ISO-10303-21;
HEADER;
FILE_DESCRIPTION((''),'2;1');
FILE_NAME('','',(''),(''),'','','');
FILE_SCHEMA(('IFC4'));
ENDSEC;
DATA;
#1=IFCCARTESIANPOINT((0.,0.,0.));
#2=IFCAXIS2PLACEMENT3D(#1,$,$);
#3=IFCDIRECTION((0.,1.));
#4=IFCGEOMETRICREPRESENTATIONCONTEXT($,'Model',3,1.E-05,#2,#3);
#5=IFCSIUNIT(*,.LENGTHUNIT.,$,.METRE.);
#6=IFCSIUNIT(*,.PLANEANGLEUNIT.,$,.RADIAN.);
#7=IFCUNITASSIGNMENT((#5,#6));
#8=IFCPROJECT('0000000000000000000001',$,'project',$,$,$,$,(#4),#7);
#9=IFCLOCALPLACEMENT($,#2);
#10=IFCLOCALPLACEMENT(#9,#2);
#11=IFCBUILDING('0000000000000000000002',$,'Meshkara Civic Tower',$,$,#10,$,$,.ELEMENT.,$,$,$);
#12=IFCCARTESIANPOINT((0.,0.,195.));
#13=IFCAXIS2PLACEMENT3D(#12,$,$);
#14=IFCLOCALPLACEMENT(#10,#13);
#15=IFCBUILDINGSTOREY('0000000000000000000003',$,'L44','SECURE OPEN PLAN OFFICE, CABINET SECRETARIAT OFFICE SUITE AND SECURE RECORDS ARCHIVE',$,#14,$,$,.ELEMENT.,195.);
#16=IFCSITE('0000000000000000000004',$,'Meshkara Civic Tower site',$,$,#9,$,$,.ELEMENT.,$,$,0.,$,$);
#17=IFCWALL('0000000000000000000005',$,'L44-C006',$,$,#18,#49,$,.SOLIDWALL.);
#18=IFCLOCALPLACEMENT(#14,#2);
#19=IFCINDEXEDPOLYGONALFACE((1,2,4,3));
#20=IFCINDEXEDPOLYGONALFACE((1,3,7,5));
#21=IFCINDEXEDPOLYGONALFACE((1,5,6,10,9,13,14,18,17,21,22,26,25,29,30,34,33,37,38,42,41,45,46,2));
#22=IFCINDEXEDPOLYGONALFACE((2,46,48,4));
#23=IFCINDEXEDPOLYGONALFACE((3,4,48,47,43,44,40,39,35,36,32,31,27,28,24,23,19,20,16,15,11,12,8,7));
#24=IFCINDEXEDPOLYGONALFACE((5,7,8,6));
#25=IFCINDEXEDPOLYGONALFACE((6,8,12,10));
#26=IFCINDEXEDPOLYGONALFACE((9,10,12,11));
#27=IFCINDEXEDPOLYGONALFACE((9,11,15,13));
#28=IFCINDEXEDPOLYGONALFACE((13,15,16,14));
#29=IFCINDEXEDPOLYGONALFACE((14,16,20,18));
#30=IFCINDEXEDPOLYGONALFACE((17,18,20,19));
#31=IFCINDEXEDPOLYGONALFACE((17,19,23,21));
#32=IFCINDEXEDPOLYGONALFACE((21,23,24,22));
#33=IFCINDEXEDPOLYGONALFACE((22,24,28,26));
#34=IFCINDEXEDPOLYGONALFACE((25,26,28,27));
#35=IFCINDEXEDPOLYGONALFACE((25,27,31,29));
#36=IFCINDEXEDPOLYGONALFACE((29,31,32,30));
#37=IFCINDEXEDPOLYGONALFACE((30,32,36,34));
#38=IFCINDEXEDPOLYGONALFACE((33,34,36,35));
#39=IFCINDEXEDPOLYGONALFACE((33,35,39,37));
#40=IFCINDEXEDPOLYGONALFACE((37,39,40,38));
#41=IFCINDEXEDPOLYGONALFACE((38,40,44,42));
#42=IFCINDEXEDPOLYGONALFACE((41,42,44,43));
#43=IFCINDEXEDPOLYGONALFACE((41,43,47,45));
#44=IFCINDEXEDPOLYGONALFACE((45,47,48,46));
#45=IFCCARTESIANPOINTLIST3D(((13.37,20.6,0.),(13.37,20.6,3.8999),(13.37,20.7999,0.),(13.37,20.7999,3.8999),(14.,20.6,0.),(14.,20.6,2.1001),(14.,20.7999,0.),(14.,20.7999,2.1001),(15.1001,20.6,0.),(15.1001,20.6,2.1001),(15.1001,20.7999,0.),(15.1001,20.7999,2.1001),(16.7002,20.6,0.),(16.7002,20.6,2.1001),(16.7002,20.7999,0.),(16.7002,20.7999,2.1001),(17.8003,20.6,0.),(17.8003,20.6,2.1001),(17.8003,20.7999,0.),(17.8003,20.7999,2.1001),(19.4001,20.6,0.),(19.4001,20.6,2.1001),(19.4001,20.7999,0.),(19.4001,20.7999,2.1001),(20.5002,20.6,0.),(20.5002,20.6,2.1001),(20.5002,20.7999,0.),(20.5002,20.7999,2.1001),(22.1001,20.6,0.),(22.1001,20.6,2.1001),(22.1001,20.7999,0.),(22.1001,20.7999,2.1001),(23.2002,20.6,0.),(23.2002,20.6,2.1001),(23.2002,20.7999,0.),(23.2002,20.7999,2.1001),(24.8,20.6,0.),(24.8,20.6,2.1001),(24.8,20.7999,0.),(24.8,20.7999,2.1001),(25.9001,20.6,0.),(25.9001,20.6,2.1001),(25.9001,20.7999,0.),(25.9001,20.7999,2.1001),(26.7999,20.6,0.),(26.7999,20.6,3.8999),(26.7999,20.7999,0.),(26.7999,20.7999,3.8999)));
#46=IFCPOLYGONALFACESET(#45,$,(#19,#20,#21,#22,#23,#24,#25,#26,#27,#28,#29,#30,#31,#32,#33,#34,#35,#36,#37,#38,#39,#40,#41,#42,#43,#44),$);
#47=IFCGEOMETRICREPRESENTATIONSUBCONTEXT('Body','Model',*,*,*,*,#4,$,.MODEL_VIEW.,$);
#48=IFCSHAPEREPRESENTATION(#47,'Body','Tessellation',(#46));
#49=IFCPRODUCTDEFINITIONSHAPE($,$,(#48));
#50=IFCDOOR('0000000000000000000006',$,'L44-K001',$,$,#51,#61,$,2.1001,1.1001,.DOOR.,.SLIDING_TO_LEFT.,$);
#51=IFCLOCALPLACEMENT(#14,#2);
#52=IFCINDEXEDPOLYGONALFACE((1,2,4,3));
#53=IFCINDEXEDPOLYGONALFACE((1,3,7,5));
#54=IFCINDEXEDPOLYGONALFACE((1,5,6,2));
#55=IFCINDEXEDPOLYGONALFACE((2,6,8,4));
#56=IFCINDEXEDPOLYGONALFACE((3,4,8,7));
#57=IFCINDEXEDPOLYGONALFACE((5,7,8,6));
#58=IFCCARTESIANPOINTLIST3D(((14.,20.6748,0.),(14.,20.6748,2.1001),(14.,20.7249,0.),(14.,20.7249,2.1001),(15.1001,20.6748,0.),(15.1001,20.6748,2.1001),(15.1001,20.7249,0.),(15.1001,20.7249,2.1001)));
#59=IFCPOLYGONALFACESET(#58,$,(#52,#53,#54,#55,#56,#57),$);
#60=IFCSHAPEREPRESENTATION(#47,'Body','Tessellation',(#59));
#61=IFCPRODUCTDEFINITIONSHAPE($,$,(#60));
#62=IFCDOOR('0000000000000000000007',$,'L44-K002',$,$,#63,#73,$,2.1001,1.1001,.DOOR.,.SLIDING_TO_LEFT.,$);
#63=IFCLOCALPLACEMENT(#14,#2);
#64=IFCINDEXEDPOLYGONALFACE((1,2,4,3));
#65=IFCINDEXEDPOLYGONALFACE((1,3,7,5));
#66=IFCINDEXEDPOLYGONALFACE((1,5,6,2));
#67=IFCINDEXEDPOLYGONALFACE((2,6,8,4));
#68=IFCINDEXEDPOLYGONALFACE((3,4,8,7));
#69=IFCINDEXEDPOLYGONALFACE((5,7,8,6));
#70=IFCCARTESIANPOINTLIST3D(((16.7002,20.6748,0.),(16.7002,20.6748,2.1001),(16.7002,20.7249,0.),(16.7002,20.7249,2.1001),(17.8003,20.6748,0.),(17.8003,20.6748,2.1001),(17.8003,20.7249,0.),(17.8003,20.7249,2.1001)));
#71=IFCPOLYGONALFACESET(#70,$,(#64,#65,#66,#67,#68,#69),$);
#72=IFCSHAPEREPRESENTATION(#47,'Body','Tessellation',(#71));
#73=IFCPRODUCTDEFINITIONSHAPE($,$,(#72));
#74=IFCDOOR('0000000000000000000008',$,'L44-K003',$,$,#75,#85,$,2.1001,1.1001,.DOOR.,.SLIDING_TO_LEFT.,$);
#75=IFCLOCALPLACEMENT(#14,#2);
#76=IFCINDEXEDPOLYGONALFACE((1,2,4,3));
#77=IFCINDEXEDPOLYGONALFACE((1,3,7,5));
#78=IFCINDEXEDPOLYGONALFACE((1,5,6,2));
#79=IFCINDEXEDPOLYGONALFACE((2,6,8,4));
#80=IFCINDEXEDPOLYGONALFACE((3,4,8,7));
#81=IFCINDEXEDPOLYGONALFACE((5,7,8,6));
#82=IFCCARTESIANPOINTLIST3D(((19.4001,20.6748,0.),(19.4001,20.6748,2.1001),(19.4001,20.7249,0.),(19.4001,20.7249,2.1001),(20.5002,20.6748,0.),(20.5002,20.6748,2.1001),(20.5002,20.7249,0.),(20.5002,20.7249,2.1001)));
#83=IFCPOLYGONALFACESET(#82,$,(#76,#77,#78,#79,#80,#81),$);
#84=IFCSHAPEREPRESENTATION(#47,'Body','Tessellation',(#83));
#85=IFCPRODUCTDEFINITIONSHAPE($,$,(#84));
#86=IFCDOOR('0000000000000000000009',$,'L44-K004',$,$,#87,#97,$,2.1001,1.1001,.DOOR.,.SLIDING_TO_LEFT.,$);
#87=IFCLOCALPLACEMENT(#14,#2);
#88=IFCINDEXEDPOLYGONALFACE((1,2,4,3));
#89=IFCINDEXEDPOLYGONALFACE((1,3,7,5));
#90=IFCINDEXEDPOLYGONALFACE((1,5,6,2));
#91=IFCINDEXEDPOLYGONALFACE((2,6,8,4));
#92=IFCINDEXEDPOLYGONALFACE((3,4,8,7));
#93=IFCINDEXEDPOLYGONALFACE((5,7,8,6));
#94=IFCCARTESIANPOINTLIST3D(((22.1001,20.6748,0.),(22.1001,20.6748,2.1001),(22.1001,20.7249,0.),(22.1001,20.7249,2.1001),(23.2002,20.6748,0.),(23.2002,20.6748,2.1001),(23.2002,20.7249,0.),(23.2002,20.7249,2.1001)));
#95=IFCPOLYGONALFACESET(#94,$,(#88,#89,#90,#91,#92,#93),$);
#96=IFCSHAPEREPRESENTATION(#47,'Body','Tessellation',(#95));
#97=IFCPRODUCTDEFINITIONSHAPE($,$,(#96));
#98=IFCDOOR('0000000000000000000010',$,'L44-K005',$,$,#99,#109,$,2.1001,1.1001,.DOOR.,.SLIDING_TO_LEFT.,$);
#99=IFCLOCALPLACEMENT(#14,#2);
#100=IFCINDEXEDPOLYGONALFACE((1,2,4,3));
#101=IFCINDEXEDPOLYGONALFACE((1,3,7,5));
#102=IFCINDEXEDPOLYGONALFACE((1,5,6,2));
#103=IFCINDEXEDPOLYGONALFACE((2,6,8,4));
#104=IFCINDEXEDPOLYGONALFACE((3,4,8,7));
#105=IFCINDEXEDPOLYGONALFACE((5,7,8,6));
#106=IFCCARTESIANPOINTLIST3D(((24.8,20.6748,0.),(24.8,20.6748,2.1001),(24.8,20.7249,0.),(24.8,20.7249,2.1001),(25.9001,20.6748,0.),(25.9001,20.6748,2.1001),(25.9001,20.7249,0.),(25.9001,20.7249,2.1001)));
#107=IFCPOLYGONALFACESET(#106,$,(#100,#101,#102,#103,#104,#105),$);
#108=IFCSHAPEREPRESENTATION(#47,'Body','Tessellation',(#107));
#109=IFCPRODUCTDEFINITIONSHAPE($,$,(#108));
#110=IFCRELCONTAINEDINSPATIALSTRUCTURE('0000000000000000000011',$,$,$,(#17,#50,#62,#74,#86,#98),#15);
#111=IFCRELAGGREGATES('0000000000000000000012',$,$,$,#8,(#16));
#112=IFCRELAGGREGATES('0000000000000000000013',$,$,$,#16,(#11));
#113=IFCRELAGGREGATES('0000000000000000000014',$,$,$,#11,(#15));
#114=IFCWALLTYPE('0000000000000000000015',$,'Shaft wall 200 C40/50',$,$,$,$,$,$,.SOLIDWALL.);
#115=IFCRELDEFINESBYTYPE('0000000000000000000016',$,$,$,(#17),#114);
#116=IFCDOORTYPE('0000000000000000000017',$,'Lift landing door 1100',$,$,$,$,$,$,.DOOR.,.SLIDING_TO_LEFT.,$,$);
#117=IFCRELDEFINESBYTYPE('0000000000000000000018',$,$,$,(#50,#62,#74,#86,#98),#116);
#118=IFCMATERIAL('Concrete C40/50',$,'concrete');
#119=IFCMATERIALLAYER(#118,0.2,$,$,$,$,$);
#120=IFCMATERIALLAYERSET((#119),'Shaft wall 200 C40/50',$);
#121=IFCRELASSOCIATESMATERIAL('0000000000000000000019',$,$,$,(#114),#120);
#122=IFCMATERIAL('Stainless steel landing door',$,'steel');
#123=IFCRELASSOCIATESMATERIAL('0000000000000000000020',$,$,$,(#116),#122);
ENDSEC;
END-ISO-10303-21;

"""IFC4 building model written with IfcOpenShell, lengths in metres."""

from ifc_helpers import new_model, si_unit, direction, frame, frame_2d, origin, place, context, subcontext, project, spatial, rectangle, extrude, material, layer, layer_set, type_object, element, fill, save


model = new_model("IFC4")

# Units and contexts
model_context = context("Model", 3, precision=1e-05, world=origin(), true_north=direction((0.0, 1.0)))
body_context = subcontext(model_context, "Body", "Model", "MODEL_VIEW")
ifc_project = project(units=[si_unit("LENGTHUNIT", "METRE"), si_unit("PLANEANGLEUNIT", "RADIAN")], contexts=[model_context])

# Site, building, storey
site_placement = place(None, origin())
site = spatial("IfcSite", under=ifc_project, at=site_placement, Name="Meshkara Civic Tower site", CompositionType="ELEMENT", RefElevation=0.0)
building_placement = place(site_placement, origin())
building = spatial("IfcBuilding", under=site, at=building_placement, Name="Meshkara Civic Tower", CompositionType="ELEMENT")
storey_placement = place(building_placement, frame((0.0, 0.0, 195.0)))
storey = spatial("IfcBuildingStorey", under=building, at=storey_placement, Name="L44", Description="SECURE OPEN PLAN OFFICE, CABINET SECRETARIAT OFFICE SUITE AND SECURE RECORDS ARCHIVE", CompositionType="ELEMENT", Elevation=195.0)

# Wall, openings, doors
ifc_material_1 = material(Name="Concrete C40/50", Category="concrete")
ifc_layer_1 = layer(ifc_material_1, 0.2)
ifc_layer_set_1 = layer_set([ifc_layer_1], Name="Shaft wall 200 C40/50")
wall_type_1 = type_object("IfcWallType", Name="Shaft wall 200 C40/50", PredefinedType="SOLIDWALL", material=ifc_layer_set_1)
wall_1_placement = place(storey_placement, frame((13.3701, 20.7, 0.0), z_axis=(0.0, 0.0, 1.0), x_axis=(1.0, 0.0, 0.0)))
wall_1 = element("IfcWall", 1, at=wall_1_placement, inside=storey, type_object=wall_type_1, Name="L44-C006", PredefinedType="SOLIDWALL", context=body_context, shape_type="SweptSolid", body=[
    extrude(rectangle(XDim=13.4299, YDim=0.2, at=frame_2d((6.7148, 0.0))), origin(), (0.0, 0.0, 1.0), 3.8999),
])
opening_1_placement = place(wall_1_placement, frame((0.6299, 0.0, 0.0)))
opening_1 = element("IfcOpeningElement", 2, at=opening_1_placement, cuts=wall_1, PredefinedType="OPENING", context=body_context, shape_type="SweptSolid", body=[
    extrude(rectangle(XDim=1.1001, YDim=2.1001, at=frame_2d((0.55, 1.05))), frame((0.0, 0.1099, 0.0), z_axis=(0.0, -1.0, 0.0), x_axis=(1.0, 0.0, 0.0)), (0.0, 0.0, 1.0), 0.22),
])
opening_2_placement = place(wall_1_placement, frame((3.3301, 0.0, 0.0)))
opening_2 = element("IfcOpeningElement", 3, at=opening_2_placement, cuts=wall_1, PredefinedType="OPENING", context=body_context, shape_type="SweptSolid", body=[
    extrude(rectangle(XDim=1.1001, YDim=2.1001, at=frame_2d((0.55, 1.05))), frame((0.0, 0.1099, 0.0), z_axis=(0.0, -1.0, 0.0), x_axis=(1.0, 0.0, 0.0)), (0.0, 0.0, 1.0), 0.22),
])
opening_3_placement = place(wall_1_placement, frame((6.03, 0.0, 0.0)))
opening_3 = element("IfcOpeningElement", 4, at=opening_3_placement, cuts=wall_1, PredefinedType="OPENING", context=body_context, shape_type="SweptSolid", body=[
    extrude(rectangle(XDim=1.1001, YDim=2.1001, at=frame_2d((0.55, 1.05))), frame((0.0, 0.1099, 0.0), z_axis=(0.0, -1.0, 0.0), x_axis=(1.0, 0.0, 0.0)), (0.0, 0.0, 1.0), 0.22),
])
opening_4_placement = place(wall_1_placement, frame((8.73, 0.0, 0.0)))
opening_4 = element("IfcOpeningElement", 5, at=opening_4_placement, cuts=wall_1, PredefinedType="OPENING", context=body_context, shape_type="SweptSolid", body=[
    extrude(rectangle(XDim=1.1001, YDim=2.1001, at=frame_2d((0.55, 1.05))), frame((0.0, 0.1099, 0.0), z_axis=(0.0, -1.0, 0.0), x_axis=(1.0, 0.0, 0.0)), (0.0, 0.0, 1.0), 0.22),
])
opening_5_placement = place(wall_1_placement, frame((11.4299, 0.0, 0.0)))
opening_5 = element("IfcOpeningElement", 6, at=opening_5_placement, cuts=wall_1, PredefinedType="OPENING", context=body_context, shape_type="SweptSolid", body=[
    extrude(rectangle(XDim=1.1001, YDim=2.1001, at=frame_2d((0.55, 1.05))), frame((0.0, 0.1099, 0.0), z_axis=(0.0, -1.0, 0.0), x_axis=(1.0, 0.0, 0.0)), (0.0, 0.0, 1.0), 0.22),
])
ifc_material_2 = material(Name="Stainless steel landing door", Category="steel")
door_type_1 = type_object("IfcDoorType", Name="Lift landing door 1100", OperationType="SLIDING_TO_LEFT", PredefinedType="DOOR", material=ifc_material_2)
door_1_placement = place(opening_1_placement, origin())
door_1 = element("IfcDoor", 7, at=door_1_placement, inside=storey, type_object=door_type_1, Name="L44-K001", OperationType="SLIDING_TO_LEFT", OverallHeight=2.1001, OverallWidth=1.1001, PredefinedType="DOOR", context=body_context, shape_type="SweptSolid", body=[
    extrude(rectangle(XDim=1.1001, YDim=2.1001, at=frame_2d((0.55, 1.05))), frame((0.0, 0.0249, 0.0), z_axis=(0.0, -1.0, 0.0), x_axis=(1.0, 0.0, 0.0)), (0.0, 0.0, 1.0), 0.05),
])
fill(opening_1, door_1)
door_2_placement = place(opening_2_placement, origin())
door_2 = element("IfcDoor", 8, at=door_2_placement, inside=storey, type_object=door_type_1, Name="L44-K002", OperationType="SLIDING_TO_LEFT", OverallHeight=2.1001, OverallWidth=1.1001, PredefinedType="DOOR", context=body_context, shape_type="SweptSolid", body=[
    extrude(rectangle(XDim=1.1001, YDim=2.1001, at=frame_2d((0.55, 1.05))), frame((0.0, 0.0249, 0.0), z_axis=(0.0, -1.0, 0.0), x_axis=(1.0, 0.0, 0.0)), (0.0, 0.0, 1.0), 0.05),
])
fill(opening_2, door_2)
door_3_placement = place(opening_3_placement, origin())
door_3 = element("IfcDoor", 9, at=door_3_placement, inside=storey, type_object=door_type_1, Name="L44-K003", OperationType="SLIDING_TO_LEFT", OverallHeight=2.1001, OverallWidth=1.1001, PredefinedType="DOOR", context=body_context, shape_type="SweptSolid", body=[
    extrude(rectangle(XDim=1.1001, YDim=2.1001, at=frame_2d((0.55, 1.05))), frame((0.0, 0.0249, 0.0), z_axis=(0.0, -1.0, 0.0), x_axis=(1.0, 0.0, 0.0)), (0.0, 0.0, 1.0), 0.05),
])
fill(opening_3, door_3)
door_4_placement = place(opening_4_placement, origin())
door_4 = element("IfcDoor", 10, at=door_4_placement, inside=storey, type_object=door_type_1, Name="L44-K004", OperationType="SLIDING_TO_LEFT", OverallHeight=2.1001, OverallWidth=1.1001, PredefinedType="DOOR", context=body_context, shape_type="SweptSolid", body=[
    extrude(rectangle(XDim=1.1001, YDim=2.1001, at=frame_2d((0.55, 1.05))), frame((0.0, 0.0249, 0.0), z_axis=(0.0, -1.0, 0.0), x_axis=(1.0, 0.0, 0.0)), (0.0, 0.0, 1.0), 0.05),
])
fill(opening_4, door_4)
door_5_placement = place(opening_5_placement, origin())
door_5 = element("IfcDoor", 11, at=door_5_placement, inside=storey, type_object=door_type_1, Name="L44-K005", OperationType="SLIDING_TO_LEFT", OverallHeight=2.1001, OverallWidth=1.1001, PredefinedType="DOOR", context=body_context, shape_type="SweptSolid", body=[
    extrude(rectangle(XDim=1.1001, YDim=2.1001, at=frame_2d((0.55, 1.05))), frame((0.0, 0.0249, 0.0), z_axis=(0.0, -1.0, 0.0), x_axis=(1.0, 0.0, 0.0)), (0.0, 0.0, 1.0), 0.05),
])
fill(opening_5, door_5)

save(model, "model.ifc")
